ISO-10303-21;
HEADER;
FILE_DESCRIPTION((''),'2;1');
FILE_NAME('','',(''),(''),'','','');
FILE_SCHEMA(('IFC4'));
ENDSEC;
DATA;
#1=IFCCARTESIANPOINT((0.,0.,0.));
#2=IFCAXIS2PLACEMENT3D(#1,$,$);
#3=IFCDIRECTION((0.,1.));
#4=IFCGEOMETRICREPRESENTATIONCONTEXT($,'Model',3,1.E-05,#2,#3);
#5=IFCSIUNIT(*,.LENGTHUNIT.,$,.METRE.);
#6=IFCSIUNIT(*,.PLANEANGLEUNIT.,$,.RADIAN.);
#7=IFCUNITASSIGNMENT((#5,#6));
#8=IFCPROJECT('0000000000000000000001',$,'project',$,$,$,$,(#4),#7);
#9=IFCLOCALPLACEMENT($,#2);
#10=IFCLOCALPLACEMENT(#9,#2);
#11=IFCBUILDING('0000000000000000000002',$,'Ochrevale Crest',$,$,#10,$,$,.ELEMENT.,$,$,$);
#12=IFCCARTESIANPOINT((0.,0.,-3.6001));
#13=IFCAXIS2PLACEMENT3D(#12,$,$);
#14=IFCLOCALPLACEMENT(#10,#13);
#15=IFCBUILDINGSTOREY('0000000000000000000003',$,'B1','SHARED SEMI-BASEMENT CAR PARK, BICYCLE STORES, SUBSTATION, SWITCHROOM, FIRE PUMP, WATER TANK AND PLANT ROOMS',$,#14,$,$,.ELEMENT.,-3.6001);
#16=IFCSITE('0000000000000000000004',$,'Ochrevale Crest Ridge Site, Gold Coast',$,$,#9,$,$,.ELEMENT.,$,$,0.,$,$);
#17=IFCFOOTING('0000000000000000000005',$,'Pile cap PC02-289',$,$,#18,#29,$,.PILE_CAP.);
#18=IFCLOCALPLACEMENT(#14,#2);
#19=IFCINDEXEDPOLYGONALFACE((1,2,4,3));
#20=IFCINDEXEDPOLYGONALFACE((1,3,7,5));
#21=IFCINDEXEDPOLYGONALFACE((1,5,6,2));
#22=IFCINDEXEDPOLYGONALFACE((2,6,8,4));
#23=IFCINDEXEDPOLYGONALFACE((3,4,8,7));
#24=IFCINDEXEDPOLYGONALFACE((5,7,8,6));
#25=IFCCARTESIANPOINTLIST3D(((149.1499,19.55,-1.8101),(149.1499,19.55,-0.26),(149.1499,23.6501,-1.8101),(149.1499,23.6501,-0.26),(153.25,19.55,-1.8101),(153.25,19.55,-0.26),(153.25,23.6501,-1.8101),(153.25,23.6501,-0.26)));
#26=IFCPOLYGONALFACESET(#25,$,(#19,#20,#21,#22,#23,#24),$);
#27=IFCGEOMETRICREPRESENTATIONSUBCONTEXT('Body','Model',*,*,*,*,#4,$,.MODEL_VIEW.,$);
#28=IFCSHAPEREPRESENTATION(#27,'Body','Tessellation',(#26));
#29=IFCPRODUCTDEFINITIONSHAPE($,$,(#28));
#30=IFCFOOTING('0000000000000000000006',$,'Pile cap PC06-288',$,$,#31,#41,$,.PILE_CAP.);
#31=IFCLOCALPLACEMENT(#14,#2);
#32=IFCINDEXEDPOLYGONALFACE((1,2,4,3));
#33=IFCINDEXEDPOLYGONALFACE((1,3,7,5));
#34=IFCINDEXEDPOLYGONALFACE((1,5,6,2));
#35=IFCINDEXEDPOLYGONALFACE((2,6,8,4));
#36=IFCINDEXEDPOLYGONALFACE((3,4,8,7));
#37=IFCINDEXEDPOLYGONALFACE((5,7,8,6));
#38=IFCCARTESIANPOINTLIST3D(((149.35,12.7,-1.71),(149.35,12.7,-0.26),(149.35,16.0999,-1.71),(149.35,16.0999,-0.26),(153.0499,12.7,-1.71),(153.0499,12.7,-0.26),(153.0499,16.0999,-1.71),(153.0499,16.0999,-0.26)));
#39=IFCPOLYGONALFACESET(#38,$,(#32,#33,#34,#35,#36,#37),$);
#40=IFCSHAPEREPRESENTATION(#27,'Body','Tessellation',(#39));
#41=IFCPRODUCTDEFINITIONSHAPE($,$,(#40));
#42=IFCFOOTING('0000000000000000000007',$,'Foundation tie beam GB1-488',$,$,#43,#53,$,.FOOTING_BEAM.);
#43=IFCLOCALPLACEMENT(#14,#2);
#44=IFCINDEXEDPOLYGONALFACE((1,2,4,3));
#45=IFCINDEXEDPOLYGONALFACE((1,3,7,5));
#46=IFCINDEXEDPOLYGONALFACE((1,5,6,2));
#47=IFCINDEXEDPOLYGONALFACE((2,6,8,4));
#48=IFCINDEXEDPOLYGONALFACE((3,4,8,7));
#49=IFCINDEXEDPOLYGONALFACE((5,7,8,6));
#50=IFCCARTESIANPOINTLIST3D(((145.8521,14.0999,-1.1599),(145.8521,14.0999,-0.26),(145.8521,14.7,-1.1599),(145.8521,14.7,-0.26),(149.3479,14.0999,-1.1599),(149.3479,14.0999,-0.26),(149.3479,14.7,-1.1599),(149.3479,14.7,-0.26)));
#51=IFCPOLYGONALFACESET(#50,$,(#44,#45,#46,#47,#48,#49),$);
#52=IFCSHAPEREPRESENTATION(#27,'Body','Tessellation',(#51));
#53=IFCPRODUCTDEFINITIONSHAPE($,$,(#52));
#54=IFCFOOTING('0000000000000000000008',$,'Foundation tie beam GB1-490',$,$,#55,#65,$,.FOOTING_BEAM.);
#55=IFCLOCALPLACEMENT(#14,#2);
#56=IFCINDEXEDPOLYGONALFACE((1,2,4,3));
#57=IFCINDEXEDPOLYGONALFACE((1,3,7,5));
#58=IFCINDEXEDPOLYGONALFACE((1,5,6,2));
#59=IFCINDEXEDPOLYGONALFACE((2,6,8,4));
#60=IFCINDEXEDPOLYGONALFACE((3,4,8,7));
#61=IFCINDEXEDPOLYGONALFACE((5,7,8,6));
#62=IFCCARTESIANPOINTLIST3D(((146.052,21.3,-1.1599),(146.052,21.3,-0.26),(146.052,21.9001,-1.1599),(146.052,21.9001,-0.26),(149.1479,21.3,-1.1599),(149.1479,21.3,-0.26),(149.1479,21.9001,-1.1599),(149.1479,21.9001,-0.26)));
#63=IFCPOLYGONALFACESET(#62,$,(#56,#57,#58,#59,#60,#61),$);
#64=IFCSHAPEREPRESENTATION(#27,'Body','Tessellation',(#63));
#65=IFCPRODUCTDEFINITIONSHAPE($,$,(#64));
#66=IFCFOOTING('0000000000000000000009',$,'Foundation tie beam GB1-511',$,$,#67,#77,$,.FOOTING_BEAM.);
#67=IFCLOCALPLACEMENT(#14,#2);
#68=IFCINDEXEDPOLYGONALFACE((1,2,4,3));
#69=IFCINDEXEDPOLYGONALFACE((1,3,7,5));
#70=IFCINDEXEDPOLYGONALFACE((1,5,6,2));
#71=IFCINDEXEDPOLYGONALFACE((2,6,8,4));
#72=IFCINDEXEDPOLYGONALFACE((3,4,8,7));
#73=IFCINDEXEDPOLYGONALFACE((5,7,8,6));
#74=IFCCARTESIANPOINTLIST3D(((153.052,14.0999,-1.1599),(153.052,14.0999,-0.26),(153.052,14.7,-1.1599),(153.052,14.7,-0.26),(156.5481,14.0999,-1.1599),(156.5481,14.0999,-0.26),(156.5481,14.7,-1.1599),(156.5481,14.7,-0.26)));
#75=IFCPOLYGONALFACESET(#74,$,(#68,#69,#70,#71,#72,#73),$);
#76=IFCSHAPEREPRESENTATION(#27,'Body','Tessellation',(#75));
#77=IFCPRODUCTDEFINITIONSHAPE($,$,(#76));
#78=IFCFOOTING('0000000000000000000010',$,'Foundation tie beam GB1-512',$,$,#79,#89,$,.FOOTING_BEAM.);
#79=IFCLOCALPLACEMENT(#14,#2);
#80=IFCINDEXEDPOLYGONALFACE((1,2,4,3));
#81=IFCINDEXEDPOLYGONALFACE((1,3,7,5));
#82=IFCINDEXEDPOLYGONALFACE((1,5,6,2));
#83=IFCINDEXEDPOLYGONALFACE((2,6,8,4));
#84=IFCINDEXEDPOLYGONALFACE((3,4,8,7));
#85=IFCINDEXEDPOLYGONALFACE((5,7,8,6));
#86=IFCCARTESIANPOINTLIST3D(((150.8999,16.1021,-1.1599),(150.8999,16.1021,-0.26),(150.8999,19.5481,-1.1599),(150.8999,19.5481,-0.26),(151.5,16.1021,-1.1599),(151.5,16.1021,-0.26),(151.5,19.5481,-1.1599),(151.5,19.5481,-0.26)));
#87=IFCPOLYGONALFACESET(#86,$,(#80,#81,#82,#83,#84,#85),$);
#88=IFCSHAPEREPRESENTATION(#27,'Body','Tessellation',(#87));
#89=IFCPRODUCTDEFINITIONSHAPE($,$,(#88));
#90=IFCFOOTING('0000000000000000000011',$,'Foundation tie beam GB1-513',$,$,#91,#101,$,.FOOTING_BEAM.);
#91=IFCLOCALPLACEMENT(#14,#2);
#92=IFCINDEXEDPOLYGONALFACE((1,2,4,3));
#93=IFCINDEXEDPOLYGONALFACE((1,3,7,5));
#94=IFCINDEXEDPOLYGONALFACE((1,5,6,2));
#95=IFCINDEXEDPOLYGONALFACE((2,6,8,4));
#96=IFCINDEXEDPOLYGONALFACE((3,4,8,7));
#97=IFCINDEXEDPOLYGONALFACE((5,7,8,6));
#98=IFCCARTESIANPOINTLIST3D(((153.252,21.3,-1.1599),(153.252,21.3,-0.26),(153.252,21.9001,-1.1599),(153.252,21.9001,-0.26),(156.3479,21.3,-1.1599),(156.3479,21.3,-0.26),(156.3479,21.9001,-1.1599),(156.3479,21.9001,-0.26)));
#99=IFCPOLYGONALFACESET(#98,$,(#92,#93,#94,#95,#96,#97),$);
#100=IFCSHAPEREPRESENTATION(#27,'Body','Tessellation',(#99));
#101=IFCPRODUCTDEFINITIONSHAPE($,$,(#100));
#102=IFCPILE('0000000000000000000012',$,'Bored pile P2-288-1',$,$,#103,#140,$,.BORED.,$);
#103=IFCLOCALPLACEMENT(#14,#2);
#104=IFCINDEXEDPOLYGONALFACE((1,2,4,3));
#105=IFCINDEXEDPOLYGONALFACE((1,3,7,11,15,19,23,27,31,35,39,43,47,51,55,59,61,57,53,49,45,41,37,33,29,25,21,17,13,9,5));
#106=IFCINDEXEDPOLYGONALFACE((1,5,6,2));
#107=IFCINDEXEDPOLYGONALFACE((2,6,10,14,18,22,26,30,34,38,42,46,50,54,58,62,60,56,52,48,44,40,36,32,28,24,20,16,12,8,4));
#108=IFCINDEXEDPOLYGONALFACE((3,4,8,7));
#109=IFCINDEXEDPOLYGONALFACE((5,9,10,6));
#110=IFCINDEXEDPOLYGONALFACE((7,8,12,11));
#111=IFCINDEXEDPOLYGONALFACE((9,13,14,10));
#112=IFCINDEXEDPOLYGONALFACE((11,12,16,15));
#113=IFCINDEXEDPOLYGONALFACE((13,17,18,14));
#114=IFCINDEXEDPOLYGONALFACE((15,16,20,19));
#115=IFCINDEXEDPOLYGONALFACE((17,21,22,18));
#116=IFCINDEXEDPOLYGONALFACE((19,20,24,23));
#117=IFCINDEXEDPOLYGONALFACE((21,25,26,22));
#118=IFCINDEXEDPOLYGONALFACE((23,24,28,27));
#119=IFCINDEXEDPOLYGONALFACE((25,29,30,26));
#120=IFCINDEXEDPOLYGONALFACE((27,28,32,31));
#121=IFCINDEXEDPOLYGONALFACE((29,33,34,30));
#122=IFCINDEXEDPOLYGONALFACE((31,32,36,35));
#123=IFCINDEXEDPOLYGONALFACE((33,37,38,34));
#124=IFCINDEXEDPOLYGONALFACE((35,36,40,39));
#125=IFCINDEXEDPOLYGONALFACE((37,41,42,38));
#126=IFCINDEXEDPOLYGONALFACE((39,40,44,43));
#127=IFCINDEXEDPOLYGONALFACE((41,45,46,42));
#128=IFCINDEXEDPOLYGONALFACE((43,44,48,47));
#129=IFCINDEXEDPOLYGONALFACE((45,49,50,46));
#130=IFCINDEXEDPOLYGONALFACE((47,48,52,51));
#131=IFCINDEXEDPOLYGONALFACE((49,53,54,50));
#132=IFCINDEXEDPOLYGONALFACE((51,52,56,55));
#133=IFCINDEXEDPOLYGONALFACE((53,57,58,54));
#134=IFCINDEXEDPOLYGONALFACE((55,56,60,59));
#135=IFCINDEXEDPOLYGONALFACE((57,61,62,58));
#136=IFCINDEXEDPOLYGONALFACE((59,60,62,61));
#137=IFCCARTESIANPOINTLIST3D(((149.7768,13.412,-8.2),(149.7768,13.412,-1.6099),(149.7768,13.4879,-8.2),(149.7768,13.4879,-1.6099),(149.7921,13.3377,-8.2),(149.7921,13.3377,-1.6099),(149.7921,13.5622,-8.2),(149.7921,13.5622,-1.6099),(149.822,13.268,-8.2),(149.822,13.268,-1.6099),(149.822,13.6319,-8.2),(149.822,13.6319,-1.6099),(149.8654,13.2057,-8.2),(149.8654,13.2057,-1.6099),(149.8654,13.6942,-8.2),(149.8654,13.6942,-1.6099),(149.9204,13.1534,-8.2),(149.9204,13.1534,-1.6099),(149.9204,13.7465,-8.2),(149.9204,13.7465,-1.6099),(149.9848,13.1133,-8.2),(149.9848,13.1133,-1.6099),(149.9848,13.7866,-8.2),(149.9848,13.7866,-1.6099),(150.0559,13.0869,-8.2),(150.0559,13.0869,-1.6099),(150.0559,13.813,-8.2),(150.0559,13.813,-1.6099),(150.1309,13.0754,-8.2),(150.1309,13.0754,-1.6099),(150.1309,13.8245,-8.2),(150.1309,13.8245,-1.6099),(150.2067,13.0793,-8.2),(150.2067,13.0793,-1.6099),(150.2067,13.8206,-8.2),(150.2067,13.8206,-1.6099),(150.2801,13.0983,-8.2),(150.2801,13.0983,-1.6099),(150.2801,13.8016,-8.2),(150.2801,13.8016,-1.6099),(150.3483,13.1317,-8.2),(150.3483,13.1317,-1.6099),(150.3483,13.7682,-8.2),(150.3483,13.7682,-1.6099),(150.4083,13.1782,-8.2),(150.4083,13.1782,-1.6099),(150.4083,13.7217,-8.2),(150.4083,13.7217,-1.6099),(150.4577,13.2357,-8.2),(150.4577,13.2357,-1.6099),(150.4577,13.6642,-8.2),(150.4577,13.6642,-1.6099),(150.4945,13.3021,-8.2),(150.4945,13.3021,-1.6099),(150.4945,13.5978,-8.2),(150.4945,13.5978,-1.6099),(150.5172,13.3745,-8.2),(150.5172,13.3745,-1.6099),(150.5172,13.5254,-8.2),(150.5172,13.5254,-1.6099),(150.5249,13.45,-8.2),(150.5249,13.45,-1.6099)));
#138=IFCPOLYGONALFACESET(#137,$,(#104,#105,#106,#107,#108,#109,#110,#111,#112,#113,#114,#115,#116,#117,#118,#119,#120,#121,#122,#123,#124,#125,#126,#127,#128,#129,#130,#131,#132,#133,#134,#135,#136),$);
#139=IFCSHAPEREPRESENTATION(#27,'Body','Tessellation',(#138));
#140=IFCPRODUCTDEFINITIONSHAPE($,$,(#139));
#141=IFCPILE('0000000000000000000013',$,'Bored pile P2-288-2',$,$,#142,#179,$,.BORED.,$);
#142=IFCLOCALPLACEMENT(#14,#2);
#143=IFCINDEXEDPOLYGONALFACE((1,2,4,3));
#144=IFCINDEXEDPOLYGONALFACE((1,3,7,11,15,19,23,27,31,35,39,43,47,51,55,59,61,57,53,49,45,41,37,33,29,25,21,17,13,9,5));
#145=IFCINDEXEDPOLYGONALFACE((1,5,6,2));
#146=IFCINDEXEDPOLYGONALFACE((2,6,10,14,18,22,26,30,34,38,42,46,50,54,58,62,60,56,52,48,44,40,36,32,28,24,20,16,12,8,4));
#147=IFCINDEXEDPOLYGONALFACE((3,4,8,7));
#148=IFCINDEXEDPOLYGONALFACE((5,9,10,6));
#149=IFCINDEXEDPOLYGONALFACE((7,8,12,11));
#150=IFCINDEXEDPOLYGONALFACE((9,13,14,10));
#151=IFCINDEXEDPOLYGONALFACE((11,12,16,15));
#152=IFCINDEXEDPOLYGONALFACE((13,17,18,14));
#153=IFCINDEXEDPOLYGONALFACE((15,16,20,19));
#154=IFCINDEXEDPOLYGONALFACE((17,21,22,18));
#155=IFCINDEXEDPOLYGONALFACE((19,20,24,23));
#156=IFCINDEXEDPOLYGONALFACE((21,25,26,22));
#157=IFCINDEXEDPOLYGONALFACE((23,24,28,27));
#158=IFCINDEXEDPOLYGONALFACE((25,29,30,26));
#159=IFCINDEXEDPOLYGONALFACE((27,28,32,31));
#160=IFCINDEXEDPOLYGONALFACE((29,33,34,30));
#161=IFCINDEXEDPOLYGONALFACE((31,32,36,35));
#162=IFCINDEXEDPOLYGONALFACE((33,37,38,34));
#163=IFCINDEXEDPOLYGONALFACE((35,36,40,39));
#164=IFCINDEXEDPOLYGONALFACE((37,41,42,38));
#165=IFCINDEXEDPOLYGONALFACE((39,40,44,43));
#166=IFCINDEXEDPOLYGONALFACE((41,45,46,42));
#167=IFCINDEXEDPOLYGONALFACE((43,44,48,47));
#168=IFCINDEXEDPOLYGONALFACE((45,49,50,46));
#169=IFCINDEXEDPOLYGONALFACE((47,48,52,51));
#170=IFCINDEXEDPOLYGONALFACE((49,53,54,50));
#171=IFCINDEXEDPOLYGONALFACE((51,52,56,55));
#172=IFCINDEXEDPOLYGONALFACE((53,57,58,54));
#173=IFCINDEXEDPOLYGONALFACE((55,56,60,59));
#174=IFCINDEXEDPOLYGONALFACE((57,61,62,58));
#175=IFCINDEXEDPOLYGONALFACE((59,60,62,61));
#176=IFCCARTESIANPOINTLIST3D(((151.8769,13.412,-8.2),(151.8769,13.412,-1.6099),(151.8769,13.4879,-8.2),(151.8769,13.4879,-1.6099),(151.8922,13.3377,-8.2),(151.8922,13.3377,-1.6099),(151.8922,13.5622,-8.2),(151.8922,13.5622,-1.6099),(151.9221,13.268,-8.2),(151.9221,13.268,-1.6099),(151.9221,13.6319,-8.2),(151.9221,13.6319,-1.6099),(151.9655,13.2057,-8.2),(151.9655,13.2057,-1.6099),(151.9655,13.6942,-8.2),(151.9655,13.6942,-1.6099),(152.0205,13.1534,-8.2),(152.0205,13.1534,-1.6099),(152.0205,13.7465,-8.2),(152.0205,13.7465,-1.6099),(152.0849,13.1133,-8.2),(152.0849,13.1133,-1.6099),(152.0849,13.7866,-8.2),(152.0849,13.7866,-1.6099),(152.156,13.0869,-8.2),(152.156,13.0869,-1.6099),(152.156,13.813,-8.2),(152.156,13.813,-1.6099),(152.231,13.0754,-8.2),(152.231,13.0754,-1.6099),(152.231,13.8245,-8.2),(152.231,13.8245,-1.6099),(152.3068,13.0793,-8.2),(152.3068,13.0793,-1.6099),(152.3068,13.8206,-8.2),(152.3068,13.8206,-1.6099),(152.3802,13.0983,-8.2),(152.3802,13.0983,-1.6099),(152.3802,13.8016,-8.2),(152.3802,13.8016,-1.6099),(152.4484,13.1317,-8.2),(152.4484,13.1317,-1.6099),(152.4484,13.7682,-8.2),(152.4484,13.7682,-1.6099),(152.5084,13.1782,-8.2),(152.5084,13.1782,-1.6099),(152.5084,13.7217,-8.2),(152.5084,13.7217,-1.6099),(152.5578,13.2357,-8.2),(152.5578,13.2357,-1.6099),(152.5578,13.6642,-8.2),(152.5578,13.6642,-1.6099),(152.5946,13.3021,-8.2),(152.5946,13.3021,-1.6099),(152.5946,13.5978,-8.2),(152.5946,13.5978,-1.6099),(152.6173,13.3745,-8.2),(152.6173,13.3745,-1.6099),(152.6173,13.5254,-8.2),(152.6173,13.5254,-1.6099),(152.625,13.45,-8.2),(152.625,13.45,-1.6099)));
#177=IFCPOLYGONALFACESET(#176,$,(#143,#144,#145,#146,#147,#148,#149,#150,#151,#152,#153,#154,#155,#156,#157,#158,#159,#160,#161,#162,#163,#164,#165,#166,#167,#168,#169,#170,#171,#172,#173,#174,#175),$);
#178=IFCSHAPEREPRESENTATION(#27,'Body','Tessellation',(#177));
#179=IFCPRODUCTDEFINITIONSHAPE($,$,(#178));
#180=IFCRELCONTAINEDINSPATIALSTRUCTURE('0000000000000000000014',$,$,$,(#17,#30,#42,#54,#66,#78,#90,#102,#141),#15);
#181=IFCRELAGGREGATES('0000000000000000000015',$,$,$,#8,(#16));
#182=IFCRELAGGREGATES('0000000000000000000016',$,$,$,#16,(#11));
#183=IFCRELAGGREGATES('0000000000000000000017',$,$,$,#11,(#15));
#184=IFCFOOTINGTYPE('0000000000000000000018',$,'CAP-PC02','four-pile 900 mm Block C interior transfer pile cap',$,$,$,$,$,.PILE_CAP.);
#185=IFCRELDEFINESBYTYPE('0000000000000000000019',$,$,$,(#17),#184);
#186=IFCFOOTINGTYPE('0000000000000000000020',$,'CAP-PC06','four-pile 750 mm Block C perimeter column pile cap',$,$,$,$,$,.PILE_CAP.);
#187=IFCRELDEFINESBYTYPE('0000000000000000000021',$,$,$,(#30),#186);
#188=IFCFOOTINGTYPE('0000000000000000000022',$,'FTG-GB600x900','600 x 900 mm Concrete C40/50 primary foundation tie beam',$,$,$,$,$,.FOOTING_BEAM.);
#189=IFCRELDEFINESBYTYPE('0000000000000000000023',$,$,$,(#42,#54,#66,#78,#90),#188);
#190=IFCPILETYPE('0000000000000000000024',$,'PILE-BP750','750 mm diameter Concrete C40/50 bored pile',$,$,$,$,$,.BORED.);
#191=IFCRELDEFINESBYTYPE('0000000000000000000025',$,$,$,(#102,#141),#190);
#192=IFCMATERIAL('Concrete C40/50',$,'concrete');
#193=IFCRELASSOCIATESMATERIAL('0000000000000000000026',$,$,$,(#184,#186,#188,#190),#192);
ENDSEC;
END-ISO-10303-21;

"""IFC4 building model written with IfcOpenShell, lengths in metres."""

from ifc_helpers import new_model, si_unit, direction, frame, origin, origin_2d, place, context, subcontext, project, spatial, rectangle, circle, extrude, material, material_profile, profile_set, type_object, element, save


model = new_model("IFC4")

# Units and contexts
model_context = context("Model", 3, precision=1e-05, world=origin(), true_north=direction((0.0, 1.0)))
body_context = subcontext(model_context, "Body", "Model", "MODEL_VIEW")
ifc_project = project(units=[si_unit("LENGTHUNIT", "METRE"), si_unit("PLANEANGLEUNIT", "RADIAN")], contexts=[model_context])

# Site, building, storey
site_placement = place(None, origin())
site = spatial("IfcSite", under=ifc_project, at=site_placement, Name="Ochrevale Crest Ridge Site, Gold Coast", CompositionType="ELEMENT", RefElevation=0.0)
building_placement = place(site_placement, origin())
building = spatial("IfcBuilding", under=site, at=building_placement, Name="Ochrevale Crest", CompositionType="ELEMENT")
storey_placement = place(building_placement, frame((0.0, 0.0, -3.6001)))
storey = spatial("IfcBuildingStorey", under=building, at=storey_placement, Name="B1", Description="SHARED SEMI-BASEMENT CAR PARK, BICYCLE STORES, SUBSTATION, SWITCHROOM, FIRE PUMP, WATER TANK AND PLANT ROOMS", CompositionType="ELEMENT", Elevation=-3.6001)

# Footings
ifc_material_1 = material(Name="Concrete C40/50", Category="concrete")
footing_type_1 = type_object("IfcFootingType", Name="CAP-PC02", Description="four-pile 900 mm Block C interior transfer pile cap", PredefinedType="PILE_CAP", material=ifc_material_1)
footing_1_placement = place(storey_placement, frame((151.2, 21.6001, -1.8101), z_axis=(0.0, 0.0, 1.0), x_axis=(1.0, 0.0, 0.0)))
element("IfcFooting", 1, at=footing_1_placement, inside=storey, type_object=footing_type_1, Name="Pile cap PC02-289", PredefinedType="PILE_CAP", context=body_context, shape_type="SweptSolid", body=[
    extrude(rectangle(XDim=4.1001, YDim=4.1001, at=origin_2d()), origin(), (0.0, 0.0, 1.0), 1.55),
])
footing_type_2 = type_object("IfcFootingType", Name="CAP-PC06", Description="four-pile 750 mm Block C perimeter column pile cap", PredefinedType="PILE_CAP", material=ifc_material_1)
footing_2_placement = place(storey_placement, frame((151.2, 14.3999, -1.71), z_axis=(0.0, 0.0, 1.0), x_axis=(1.0, 0.0, 0.0)))
element("IfcFooting", 2, at=footing_2_placement, inside=storey, type_object=footing_type_2, Name="Pile cap PC06-288", PredefinedType="PILE_CAP", context=body_context, shape_type="SweptSolid", body=[
    extrude(rectangle(XDim=3.7, YDim=3.3999, at=origin_2d()), origin(), (0.0, 0.0, 1.0), 1.45),
])
ifc_material_profile_1 = material_profile(ifc_material_1, rectangle(XDim=0.6001, YDim=0.8999, at=origin_2d()), Name="GB 600x900")
ifc_profile_set_1 = profile_set([ifc_material_profile_1], Name="Concrete C40/50")
footing_type_3 = type_object("IfcFootingType", Name="FTG-GB600x900", Description="600 x 900 mm Concrete C40/50 primary foundation tie beam", PredefinedType="FOOTING_BEAM", material=ifc_profile_set_1)
footing_3_placement = place(storey_placement, frame((145.8521, 14.3999, -0.71), z_axis=(1.0, 0.0, 0.0), x_axis=(0.0, 1.0, 0.0)))
element("IfcFooting", 3, at=footing_3_placement, inside=storey, type_object=footing_type_3, Name="Foundation tie beam GB1-488", PredefinedType="FOOTING_BEAM", context=body_context, shape_type="SweptSolid", body=[
    extrude(rectangle(XDim=0.6001, YDim=0.8999, at=origin_2d()), origin(), (0.0, 0.0, 1.0), 3.4958),
])
footing_4_placement = place(storey_placement, frame((146.052, 21.6001, -0.71), z_axis=(1.0, 0.0, 0.0), x_axis=(0.0, 1.0, 0.0)))
element("IfcFooting", 4, at=footing_4_placement, inside=storey, type_object=footing_type_3, Name="Foundation tie beam GB1-490", PredefinedType="FOOTING_BEAM", context=body_context, shape_type="SweptSolid", body=[
    extrude(rectangle(XDim=0.6001, YDim=0.8999, at=origin_2d()), origin(), (0.0, 0.0, 1.0), 3.0959),
])
footing_5_placement = place(storey_placement, frame((153.052, 14.3999, -0.71), z_axis=(1.0, 0.0, 0.0), x_axis=(0.0, 1.0, 0.0)))
element("IfcFooting", 5, at=footing_5_placement, inside=storey, type_object=footing_type_3, Name="Foundation tie beam GB1-511", PredefinedType="FOOTING_BEAM", context=body_context, shape_type="SweptSolid", body=[
    extrude(rectangle(XDim=0.6001, YDim=0.8999, at=origin_2d()), origin(), (0.0, 0.0, 1.0), 3.4961),
])
footing_6_placement = place(storey_placement, frame((151.2, 16.1021, -0.71), z_axis=(0.0, 1.0, 0.0), x_axis=(-1.0, 0.0, 0.0)))
element("IfcFooting", 6, at=footing_6_placement, inside=storey, type_object=footing_type_3, Name="Foundation tie beam GB1-512", PredefinedType="FOOTING_BEAM", context=body_context, shape_type="SweptSolid", body=[
    extrude(rectangle(XDim=0.6001, YDim=0.8999, at=origin_2d()), origin(), (0.0, 0.0, 1.0), 3.446),
])
footing_7_placement = place(storey_placement, frame((153.252, 21.6001, -0.71), z_axis=(1.0, 0.0, 0.0), x_axis=(0.0, 1.0, 0.0)))
element("IfcFooting", 7, at=footing_7_placement, inside=storey, type_object=footing_type_3, Name="Foundation tie beam GB1-513", PredefinedType="FOOTING_BEAM", context=body_context, shape_type="SweptSolid", body=[
    extrude(rectangle(XDim=0.6001, YDim=0.8999, at=origin_2d()), origin(), (0.0, 0.0, 1.0), 3.0959),
])

# Piles
ifc_material_profile_2 = material_profile(ifc_material_1, circle(Radius=0.375, at=origin_2d()), Name="BORED PILE 750")
ifc_profile_set_2 = profile_set([ifc_material_profile_2], Name="Concrete C40/50")
pile_type_1 = type_object("IfcPileType", Name="PILE-BP750", Description="750 mm diameter Concrete C40/50 bored pile", PredefinedType="BORED", material=ifc_profile_set_2)
for number, where, z_axis, x_axis, name in (
    (8, (150.1499, 13.45, -1.6099), (0.0, 0.0, -1.0), (1.0, 0.0, 0.0), "Bored pile P2-288-1"),
    (9, (152.25, 13.45, -1.6099), (0.0, 0.0, -1.0), (1.0, 0.0, 0.0), "Bored pile P2-288-2"),
):
    element("IfcPile", number, at=place(storey_placement, frame(where, z_axis=z_axis, x_axis=x_axis)), inside=storey, type_object=pile_type_1, Name=name, PredefinedType="BORED", context=body_context, shape_type="SweptSolid", body=[
        extrude(circle(Radius=0.375, at=origin_2d()), origin(), (0.0, 0.0, 1.0), 6.5901),
    ])

save(model, "model.ifc")
